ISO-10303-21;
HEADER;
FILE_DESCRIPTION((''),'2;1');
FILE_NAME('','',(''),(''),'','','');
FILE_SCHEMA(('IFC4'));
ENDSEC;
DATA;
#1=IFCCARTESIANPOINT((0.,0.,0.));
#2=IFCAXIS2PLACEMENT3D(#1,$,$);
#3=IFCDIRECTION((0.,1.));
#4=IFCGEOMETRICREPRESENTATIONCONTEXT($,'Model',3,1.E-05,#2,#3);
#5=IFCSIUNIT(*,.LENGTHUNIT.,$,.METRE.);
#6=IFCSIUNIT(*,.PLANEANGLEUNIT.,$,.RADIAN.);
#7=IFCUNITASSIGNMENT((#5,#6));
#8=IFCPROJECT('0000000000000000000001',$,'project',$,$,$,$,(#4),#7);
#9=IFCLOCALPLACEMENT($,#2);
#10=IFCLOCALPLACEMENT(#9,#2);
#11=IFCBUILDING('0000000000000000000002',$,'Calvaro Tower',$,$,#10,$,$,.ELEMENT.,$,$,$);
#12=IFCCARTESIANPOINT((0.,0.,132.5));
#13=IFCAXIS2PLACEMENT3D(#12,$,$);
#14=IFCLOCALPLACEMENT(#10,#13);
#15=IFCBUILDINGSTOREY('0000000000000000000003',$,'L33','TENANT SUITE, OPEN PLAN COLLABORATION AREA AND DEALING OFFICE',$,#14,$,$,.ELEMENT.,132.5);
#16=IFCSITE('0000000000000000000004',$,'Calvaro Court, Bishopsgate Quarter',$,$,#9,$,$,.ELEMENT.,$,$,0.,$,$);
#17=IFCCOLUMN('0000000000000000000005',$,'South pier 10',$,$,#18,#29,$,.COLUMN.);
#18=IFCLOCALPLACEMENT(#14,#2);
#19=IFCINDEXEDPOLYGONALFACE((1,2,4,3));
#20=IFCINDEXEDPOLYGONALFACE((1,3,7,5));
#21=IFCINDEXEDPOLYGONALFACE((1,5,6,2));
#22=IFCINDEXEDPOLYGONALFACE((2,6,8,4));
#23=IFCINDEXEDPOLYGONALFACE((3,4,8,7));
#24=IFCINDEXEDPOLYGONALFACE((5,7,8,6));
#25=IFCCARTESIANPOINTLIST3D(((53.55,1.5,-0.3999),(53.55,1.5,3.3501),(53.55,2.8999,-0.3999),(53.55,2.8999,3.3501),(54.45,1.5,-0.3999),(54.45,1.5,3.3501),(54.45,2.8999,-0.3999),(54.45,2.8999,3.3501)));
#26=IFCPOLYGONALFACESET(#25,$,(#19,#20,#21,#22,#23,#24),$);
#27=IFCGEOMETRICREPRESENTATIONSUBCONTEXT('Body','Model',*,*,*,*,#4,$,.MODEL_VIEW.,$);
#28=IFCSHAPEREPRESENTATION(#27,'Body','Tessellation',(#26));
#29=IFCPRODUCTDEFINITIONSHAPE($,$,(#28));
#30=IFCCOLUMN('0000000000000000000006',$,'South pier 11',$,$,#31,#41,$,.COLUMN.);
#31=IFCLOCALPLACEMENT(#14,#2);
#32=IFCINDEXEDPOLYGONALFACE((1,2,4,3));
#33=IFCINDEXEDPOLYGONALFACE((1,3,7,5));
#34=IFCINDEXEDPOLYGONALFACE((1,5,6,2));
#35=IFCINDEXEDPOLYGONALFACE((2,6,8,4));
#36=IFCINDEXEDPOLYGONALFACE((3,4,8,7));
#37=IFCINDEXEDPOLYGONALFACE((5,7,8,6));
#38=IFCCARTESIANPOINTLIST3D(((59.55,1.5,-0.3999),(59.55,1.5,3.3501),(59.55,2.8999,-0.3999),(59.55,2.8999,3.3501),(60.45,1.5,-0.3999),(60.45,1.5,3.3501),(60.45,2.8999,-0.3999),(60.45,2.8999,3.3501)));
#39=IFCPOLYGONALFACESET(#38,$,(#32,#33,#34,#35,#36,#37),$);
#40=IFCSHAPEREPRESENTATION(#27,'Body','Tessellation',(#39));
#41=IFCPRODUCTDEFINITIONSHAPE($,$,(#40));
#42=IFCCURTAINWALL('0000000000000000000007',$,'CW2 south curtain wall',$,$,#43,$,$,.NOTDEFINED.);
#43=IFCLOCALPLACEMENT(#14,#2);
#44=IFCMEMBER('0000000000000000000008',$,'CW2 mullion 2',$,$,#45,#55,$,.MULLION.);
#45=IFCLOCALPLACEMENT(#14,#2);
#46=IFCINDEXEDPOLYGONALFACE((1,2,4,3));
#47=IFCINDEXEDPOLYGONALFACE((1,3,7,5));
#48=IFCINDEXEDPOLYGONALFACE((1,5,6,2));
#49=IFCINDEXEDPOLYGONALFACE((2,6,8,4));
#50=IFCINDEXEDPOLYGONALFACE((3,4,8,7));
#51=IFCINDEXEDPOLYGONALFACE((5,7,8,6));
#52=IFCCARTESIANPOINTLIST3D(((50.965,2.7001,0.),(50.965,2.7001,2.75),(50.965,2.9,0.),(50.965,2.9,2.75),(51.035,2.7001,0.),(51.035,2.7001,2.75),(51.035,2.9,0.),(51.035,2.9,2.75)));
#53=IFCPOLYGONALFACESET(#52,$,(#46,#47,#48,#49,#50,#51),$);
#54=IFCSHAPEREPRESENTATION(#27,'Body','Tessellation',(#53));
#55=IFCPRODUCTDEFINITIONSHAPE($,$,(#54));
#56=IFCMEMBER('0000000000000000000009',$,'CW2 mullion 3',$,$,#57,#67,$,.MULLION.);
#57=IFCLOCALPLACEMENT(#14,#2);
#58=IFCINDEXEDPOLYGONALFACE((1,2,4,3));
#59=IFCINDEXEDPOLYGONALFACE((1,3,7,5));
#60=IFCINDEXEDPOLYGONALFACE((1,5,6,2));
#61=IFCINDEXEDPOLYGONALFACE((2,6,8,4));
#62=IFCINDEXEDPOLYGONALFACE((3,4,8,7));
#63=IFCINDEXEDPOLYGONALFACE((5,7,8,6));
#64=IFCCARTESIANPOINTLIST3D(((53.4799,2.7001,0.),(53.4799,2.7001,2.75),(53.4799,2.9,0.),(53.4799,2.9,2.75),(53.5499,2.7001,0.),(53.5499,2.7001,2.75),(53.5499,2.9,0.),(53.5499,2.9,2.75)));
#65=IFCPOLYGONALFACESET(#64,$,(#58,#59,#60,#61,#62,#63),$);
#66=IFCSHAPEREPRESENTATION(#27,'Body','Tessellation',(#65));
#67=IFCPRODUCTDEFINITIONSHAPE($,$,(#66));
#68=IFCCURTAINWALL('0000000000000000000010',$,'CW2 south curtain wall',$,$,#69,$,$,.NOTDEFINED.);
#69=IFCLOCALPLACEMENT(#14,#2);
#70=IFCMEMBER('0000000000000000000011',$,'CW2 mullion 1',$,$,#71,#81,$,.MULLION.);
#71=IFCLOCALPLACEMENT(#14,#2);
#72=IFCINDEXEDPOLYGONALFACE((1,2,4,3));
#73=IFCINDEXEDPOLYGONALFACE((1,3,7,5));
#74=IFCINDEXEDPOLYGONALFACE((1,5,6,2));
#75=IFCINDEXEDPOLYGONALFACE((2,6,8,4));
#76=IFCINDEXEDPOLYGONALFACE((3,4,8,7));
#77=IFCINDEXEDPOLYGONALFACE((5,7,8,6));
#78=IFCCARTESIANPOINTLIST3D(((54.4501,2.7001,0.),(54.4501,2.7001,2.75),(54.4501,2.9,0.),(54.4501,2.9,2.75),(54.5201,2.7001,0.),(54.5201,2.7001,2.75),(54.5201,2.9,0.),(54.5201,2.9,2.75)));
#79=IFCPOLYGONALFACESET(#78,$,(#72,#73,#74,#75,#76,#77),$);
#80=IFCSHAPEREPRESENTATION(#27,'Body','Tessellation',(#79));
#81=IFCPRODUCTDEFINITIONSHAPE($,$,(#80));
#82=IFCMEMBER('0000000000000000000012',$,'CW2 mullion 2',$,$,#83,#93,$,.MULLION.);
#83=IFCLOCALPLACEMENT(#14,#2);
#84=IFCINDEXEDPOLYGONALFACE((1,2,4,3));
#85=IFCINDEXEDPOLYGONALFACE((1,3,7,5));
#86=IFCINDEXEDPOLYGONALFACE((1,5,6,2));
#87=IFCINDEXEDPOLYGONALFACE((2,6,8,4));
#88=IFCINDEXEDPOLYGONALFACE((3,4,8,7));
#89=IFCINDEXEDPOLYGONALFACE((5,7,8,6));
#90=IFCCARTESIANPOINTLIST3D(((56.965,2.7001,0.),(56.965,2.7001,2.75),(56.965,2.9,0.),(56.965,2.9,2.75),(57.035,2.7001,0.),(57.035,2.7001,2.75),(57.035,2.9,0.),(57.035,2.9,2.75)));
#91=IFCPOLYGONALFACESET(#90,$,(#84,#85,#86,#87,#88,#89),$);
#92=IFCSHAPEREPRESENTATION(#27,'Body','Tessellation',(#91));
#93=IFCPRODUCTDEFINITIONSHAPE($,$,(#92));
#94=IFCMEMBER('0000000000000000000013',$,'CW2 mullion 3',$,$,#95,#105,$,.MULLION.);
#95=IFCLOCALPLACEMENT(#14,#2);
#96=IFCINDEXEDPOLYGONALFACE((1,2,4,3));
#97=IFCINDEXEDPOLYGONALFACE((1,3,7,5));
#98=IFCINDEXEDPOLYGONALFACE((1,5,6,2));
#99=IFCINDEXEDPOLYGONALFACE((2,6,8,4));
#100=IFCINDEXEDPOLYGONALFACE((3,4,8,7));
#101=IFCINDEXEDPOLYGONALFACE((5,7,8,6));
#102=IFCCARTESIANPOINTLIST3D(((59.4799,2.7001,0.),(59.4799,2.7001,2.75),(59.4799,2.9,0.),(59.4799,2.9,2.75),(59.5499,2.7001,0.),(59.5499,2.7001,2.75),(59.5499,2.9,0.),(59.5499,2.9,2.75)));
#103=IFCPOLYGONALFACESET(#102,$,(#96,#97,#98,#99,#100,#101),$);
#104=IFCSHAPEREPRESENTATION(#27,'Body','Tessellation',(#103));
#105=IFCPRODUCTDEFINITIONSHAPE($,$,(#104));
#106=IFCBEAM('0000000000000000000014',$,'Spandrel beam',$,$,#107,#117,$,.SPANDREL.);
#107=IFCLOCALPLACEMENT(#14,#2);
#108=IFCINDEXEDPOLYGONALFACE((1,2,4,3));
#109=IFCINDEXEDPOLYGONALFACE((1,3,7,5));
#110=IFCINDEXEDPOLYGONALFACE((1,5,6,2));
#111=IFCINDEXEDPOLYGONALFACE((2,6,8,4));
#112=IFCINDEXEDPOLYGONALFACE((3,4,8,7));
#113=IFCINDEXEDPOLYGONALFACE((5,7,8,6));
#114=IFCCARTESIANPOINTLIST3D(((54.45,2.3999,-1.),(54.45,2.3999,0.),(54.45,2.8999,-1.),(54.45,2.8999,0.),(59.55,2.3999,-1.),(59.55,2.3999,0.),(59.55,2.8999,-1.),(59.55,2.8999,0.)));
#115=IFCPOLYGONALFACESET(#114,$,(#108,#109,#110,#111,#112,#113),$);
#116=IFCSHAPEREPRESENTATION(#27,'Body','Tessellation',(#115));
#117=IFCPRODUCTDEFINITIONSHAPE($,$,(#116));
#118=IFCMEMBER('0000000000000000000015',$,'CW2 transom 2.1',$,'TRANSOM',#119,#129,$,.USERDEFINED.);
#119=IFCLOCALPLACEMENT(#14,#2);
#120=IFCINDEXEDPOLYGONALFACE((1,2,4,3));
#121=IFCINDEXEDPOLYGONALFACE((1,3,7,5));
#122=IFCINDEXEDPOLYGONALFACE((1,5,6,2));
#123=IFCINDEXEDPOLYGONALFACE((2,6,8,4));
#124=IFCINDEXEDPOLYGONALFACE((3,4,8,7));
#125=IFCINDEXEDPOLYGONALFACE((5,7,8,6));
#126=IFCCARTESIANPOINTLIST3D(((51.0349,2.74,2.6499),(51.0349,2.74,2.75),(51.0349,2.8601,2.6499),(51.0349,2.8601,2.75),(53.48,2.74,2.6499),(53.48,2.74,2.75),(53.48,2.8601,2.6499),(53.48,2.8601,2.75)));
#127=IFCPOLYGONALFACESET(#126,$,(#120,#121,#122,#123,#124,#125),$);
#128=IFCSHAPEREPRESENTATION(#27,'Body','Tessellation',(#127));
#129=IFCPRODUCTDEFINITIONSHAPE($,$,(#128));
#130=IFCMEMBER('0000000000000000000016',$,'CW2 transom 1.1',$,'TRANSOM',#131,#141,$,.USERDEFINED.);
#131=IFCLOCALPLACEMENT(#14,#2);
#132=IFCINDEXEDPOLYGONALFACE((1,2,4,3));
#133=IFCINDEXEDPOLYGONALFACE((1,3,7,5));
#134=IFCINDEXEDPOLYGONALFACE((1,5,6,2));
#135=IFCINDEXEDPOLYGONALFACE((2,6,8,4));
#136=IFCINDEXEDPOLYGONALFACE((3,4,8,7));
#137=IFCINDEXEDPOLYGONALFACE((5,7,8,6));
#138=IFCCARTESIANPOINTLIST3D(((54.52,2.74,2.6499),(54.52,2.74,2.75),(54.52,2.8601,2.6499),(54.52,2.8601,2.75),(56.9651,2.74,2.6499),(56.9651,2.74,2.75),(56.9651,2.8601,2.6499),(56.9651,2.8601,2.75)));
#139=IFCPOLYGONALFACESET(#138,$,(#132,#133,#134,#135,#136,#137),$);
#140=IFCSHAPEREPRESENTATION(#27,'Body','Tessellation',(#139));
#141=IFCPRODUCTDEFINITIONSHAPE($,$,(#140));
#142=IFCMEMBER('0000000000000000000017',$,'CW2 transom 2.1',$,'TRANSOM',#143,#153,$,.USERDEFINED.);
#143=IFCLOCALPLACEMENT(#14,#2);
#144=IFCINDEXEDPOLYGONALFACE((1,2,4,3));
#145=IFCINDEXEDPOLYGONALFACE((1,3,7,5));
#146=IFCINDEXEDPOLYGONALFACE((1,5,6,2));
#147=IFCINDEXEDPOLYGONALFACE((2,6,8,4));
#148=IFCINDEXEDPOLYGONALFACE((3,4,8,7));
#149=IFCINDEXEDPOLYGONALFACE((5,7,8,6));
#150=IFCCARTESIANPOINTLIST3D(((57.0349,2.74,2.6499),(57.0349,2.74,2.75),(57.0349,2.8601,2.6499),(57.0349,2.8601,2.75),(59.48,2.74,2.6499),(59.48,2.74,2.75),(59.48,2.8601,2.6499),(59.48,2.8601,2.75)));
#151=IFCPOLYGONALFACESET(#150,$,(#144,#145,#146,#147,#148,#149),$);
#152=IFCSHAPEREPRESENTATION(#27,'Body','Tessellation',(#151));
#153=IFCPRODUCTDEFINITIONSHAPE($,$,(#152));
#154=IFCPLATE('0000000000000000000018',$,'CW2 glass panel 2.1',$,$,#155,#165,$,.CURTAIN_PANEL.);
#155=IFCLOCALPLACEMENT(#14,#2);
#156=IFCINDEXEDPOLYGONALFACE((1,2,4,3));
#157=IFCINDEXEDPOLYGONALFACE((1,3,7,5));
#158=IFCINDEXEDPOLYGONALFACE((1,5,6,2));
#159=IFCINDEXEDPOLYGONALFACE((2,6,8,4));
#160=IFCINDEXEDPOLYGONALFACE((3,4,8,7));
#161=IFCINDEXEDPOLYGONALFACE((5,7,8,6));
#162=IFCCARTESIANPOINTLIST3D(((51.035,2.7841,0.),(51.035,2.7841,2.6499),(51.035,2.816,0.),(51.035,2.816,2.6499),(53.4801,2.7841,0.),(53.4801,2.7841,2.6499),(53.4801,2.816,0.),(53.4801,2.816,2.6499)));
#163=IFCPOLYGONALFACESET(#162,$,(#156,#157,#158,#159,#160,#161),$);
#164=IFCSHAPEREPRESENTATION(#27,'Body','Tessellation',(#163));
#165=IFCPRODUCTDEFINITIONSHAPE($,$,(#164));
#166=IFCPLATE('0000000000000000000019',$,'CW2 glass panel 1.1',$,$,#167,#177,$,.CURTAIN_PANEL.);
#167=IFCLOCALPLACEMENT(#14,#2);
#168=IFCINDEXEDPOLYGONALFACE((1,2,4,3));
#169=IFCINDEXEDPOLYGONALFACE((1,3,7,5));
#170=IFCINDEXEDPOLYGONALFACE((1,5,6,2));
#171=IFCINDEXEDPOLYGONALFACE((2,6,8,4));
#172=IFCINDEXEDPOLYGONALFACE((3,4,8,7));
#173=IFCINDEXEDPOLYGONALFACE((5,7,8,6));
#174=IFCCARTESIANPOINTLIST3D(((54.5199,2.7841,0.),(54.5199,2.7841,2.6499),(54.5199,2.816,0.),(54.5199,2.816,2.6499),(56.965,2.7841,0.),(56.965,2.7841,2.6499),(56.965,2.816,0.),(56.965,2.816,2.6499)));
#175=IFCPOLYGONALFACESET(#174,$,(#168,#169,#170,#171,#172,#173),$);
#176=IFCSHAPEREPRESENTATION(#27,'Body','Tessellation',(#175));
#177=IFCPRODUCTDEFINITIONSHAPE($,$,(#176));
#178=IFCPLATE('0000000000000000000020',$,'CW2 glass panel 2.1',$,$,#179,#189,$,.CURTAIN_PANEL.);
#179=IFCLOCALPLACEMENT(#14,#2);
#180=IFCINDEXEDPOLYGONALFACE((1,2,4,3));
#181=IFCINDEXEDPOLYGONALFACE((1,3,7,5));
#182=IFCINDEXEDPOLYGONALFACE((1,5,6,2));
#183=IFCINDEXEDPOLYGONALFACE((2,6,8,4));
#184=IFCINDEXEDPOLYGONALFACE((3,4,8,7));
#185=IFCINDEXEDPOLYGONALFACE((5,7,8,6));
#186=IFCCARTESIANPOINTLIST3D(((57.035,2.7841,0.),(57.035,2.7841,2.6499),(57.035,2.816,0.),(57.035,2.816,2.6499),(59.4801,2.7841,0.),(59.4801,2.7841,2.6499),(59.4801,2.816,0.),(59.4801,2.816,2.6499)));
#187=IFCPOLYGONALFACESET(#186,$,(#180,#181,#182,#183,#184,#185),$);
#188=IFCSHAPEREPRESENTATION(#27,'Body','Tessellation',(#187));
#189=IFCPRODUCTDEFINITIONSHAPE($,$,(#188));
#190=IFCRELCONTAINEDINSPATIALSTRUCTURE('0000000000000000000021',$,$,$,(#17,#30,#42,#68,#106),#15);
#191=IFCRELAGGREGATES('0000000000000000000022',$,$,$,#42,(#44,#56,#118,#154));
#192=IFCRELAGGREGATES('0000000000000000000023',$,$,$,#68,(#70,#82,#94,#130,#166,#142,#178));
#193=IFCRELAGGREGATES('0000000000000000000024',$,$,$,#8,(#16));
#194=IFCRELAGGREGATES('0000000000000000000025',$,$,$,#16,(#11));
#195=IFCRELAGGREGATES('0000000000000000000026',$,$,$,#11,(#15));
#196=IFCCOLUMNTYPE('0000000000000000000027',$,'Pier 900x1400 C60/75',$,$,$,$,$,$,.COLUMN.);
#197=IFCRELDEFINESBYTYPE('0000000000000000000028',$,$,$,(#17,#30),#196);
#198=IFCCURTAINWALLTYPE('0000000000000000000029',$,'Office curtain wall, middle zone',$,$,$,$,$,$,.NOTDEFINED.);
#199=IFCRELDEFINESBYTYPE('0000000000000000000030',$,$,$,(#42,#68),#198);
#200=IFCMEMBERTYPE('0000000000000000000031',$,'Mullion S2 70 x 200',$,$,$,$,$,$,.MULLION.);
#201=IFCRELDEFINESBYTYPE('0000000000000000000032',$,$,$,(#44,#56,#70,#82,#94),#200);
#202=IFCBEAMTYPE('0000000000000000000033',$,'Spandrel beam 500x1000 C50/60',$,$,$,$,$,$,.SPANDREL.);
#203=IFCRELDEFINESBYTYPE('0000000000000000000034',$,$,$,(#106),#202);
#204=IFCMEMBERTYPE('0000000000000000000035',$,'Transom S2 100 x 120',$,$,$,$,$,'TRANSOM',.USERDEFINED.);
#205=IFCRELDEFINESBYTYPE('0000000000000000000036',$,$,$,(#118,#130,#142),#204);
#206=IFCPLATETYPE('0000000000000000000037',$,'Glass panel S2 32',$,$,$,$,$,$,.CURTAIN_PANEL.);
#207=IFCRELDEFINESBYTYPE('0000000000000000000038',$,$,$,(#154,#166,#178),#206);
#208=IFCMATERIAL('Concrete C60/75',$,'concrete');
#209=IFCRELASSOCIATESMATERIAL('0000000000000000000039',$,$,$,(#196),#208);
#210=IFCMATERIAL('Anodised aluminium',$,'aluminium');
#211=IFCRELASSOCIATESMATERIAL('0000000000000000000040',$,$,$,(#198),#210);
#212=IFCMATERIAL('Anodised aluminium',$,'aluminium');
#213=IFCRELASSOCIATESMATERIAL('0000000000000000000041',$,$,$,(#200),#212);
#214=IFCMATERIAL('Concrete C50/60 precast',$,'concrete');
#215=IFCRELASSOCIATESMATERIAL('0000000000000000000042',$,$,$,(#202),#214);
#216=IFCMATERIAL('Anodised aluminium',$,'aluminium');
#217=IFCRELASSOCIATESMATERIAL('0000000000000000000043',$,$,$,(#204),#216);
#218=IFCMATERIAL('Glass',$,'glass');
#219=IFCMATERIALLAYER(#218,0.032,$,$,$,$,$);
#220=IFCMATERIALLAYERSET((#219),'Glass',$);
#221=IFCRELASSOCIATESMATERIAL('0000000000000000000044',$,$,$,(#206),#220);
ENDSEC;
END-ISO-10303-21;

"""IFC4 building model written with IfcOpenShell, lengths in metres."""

from ifc_helpers import new_model, si_unit, direction, frame, origin, origin_2d, place, context, subcontext, project, spatial, rectangle, extrude, material, layer, layer_set, material_profile, profile_set, type_object, element, aggregate, save


model = new_model("IFC4")

# Units and contexts
model_context = context("Model", 3, precision=1e-05, world=origin(), true_north=direction((0.0, 1.0)))
body_context = subcontext(model_context, "Body", "Model", "MODEL_VIEW")
ifc_project = project(units=[si_unit("LENGTHUNIT", "METRE"), si_unit("PLANEANGLEUNIT", "RADIAN")], contexts=[model_context])

# Site, building, storey
site_placement = place(None, origin())
site = spatial("IfcSite", under=ifc_project, at=site_placement, Name="Calvaro Court, Bishopsgate Quarter", CompositionType="ELEMENT", RefElevation=0.0)
building_placement = place(site_placement, origin())
building = spatial("IfcBuilding", under=site, at=building_placement, Name="Calvaro Tower", CompositionType="ELEMENT")
storey_placement = place(building_placement, frame((0.0, 0.0, 132.5)))
storey = spatial("IfcBuildingStorey", under=building, at=storey_placement, Name="L33", Description="TENANT SUITE, OPEN PLAN COLLABORATION AREA AND DEALING OFFICE", CompositionType="ELEMENT", Elevation=132.5)

# Columns
ifc_material_1 = material(Name="Concrete C60/75", Category="concrete")
ifc_material_profile_1 = material_profile(ifc_material_1, rectangle(XDim=0.8999, YDim=1.3999, at=origin_2d()), Name="RC 900x1400")
ifc_profile_set_1 = profile_set([ifc_material_profile_1], Name="Concrete C60/75")
column_type = type_object("IfcColumnType", Name="Pier 900x1400 C60/75", PredefinedType="COLUMN", material=ifc_profile_set_1)
for number, where, z_axis, x_axis, name in (
    (1, (54.0, 2.2, -0.3999), (0.0, 0.0, 1.0), (1.0, 0.0, 0.0), "South pier 10"),
    (2, (60.0, 2.2, -0.3999), (0.0, 0.0, 1.0), (1.0, 0.0, 0.0), "South pier 11"),
):
    element("IfcColumn", number, at=place(storey_placement, frame(where, z_axis=z_axis, x_axis=x_axis)), inside=storey, type_object=column_type, Name=name, PredefinedType="COLUMN", context=body_context, shape_type="SweptSolid", body=[
        extrude(rectangle(XDim=0.8999, YDim=1.3999, at=origin_2d()), origin(), (0.0, 0.0, 1.0), 3.75),
    ])

# Curtain walls, members
ifc_material_2 = material(Name="Anodised aluminium", Category="aluminium")
curtain_wall_type = type_object("IfcCurtainWallType", Name="Office curtain wall, middle zone", PredefinedType="NOTDEFINED", material=ifc_material_2)
curtain_wall_1_placement = place(storey_placement, origin())
curtain_wall_1 = element("IfcCurtainWall", 3, at=curtain_wall_1_placement, inside=storey, type_object=curtain_wall_type, Name="CW2 south curtain wall", PredefinedType="NOTDEFINED")
ifc_material_3 = material(Name="Anodised aluminium", Category="aluminium")
ifc_material_profile_2 = material_profile(ifc_material_3, rectangle(XDim=0.2, YDim=0.0701, at=origin_2d()), Name="Mullion S2 70 x 200")
ifc_profile_set_2 = profile_set([ifc_material_profile_2], Name="Anodised aluminium")
member_type_1 = type_object("IfcMemberType", Name="Mullion S2 70 x 200", PredefinedType="MULLION", material=ifc_profile_set_2)
member_1_placement = place(storey_placement, frame((51.0, 2.8, 0.0), z_axis=(0.0, 0.0, 1.0), x_axis=(0.0, 1.0, 0.0)))
member_1 = element("IfcMember", 4, at=member_1_placement, type_object=member_type_1, Name="CW2 mullion 2", PredefinedType="MULLION", context=body_context, shape_type="SweptSolid", body=[
    extrude(rectangle(XDim=0.2, YDim=0.0701, at=origin_2d()), origin(), (0.0, 0.0, 1.0), 2.75),
])
member_2_placement = place(storey_placement, frame((53.5149, 2.8, 0.0), z_axis=(0.0, 0.0, 1.0), x_axis=(0.0, 1.0, 0.0)))
member_2 = element("IfcMember", 5, at=member_2_placement, type_object=member_type_1, Name="CW2 mullion 3", PredefinedType="MULLION", context=body_context, shape_type="SweptSolid", body=[
    extrude(rectangle(XDim=0.2, YDim=0.0701, at=origin_2d()), origin(), (0.0, 0.0, 1.0), 2.75),
])
curtain_wall_2_placement = place(storey_placement, origin())
curtain_wall_2 = element("IfcCurtainWall", 6, at=curtain_wall_2_placement, inside=storey, type_object=curtain_wall_type, Name="CW2 south curtain wall", PredefinedType="NOTDEFINED")
member_3_placement = place(storey_placement, frame((54.4851, 2.8, 0.0), z_axis=(0.0, 0.0, 1.0), x_axis=(0.0, 1.0, 0.0)))
member_3 = element("IfcMember", 7, at=member_3_placement, type_object=member_type_1, Name="CW2 mullion 1", PredefinedType="MULLION", context=body_context, shape_type="SweptSolid", body=[
    extrude(rectangle(XDim=0.2, YDim=0.0701, at=origin_2d()), origin(), (0.0, 0.0, 1.0), 2.75),
])
member_4_placement = place(storey_placement, frame((57.0, 2.8, 0.0), z_axis=(0.0, 0.0, 1.0), x_axis=(0.0, 1.0, 0.0)))
member_4 = element("IfcMember", 8, at=member_4_placement, type_object=member_type_1, Name="CW2 mullion 2", PredefinedType="MULLION", context=body_context, shape_type="SweptSolid", body=[
    extrude(rectangle(XDim=0.2, YDim=0.0701, at=origin_2d()), origin(), (0.0, 0.0, 1.0), 2.75),
])
member_5_placement = place(storey_placement, frame((59.5149, 2.8, 0.0), z_axis=(0.0, 0.0, 1.0), x_axis=(0.0, 1.0, 0.0)))
member_5 = element("IfcMember", 9, at=member_5_placement, type_object=member_type_1, Name="CW2 mullion 3", PredefinedType="MULLION", context=body_context, shape_type="SweptSolid", body=[
    extrude(rectangle(XDim=0.2, YDim=0.0701, at=origin_2d()), origin(), (0.0, 0.0, 1.0), 2.75),
])

# Beam
ifc_material_4 = material(Name="Concrete C50/60 precast", Category="concrete")
ifc_material_profile_3 = material_profile(ifc_material_4, rectangle(XDim=0.5, YDim=1.0, at=origin_2d()), Name="RC 500x1000")
ifc_profile_set_3 = profile_set([ifc_material_profile_3], Name="Concrete C50/60 precast")
beam_type = type_object("IfcBeamType", Name="Spandrel beam 500x1000 C50/60", PredefinedType="SPANDREL", material=ifc_profile_set_3)
beam_placement = place(storey_placement, frame((54.45, 2.6499, -0.5), z_axis=(1.0, 0.0, 0.0), x_axis=(0.0, 1.0, 0.0)))
element("IfcBeam", 10, at=beam_placement, inside=storey, type_object=beam_type, Name="Spandrel beam", PredefinedType="SPANDREL", context=body_context, shape_type="SweptSolid", body=[
    extrude(rectangle(XDim=0.5, YDim=1.0, at=origin_2d()), origin(), (0.0, 0.0, 1.0), 5.1001),
])

# Members
ifc_material_5 = material(Name="Anodised aluminium", Category="aluminium")
ifc_material_profile_4 = material_profile(ifc_material_5, rectangle(XDim=0.1201, YDim=0.1001, at=origin_2d()), Name="Transom S2 100 x 120")
ifc_profile_set_4 = profile_set([ifc_material_profile_4], Name="Anodised aluminium")
member_type_2 = type_object("IfcMemberType", Name="Transom S2 100 x 120", ElementType="TRANSOM", PredefinedType="USERDEFINED", material=ifc_profile_set_4)
member_6_placement = place(storey_placement, frame((51.0349, 2.8, 2.7), z_axis=(1.0, 0.0, 0.0), x_axis=(0.0, 1.0, 0.0)))
member_6 = element("IfcMember", 11, at=member_6_placement, type_object=member_type_2, Name="CW2 transom 2.1", ObjectType="TRANSOM", PredefinedType="USERDEFINED", context=body_context, shape_type="SweptSolid", body=[
    extrude(rectangle(XDim=0.1201, YDim=0.1001, at=origin_2d()), origin(), (0.0, 0.0, 1.0), 2.4451),
])
member_7_placement = place(storey_placement, frame((54.52, 2.8, 2.7), z_axis=(1.0, 0.0, 0.0), x_axis=(0.0, 1.0, 0.0)))
member_7 = element("IfcMember", 12, at=member_7_placement, type_object=member_type_2, Name="CW2 transom 1.1", ObjectType="TRANSOM", PredefinedType="USERDEFINED", context=body_context, shape_type="SweptSolid", body=[
    extrude(rectangle(XDim=0.1201, YDim=0.1001, at=origin_2d()), origin(), (0.0, 0.0, 1.0), 2.4451),
])
member_8_placement = place(storey_placement, frame((57.0349, 2.8, 2.7), z_axis=(1.0, 0.0, 0.0), x_axis=(0.0, 1.0, 0.0)))
member_8 = element("IfcMember", 13, at=member_8_placement, type_object=member_type_2, Name="CW2 transom 2.1", ObjectType="TRANSOM", PredefinedType="USERDEFINED", context=body_context, shape_type="SweptSolid", body=[
    extrude(rectangle(XDim=0.1201, YDim=0.1001, at=origin_2d()), origin(), (0.0, 0.0, 1.0), 2.4451),
])

# Plates
ifc_material_6 = material(Name="Glass", Category="glass")
ifc_layer = layer(ifc_material_6, 0.032)
ifc_layer_set = layer_set([ifc_layer], Name="Glass")
plate_type = type_object("IfcPlateType", Name="Glass panel S2 32", PredefinedType="CURTAIN_PANEL", material=ifc_layer_set)
plate_1_placement = place(storey_placement, frame((52.2576, 2.8, 0.0), z_axis=(0.0, 0.0, 1.0), x_axis=(1.0, 0.0, 0.0)))
plate_1 = element("IfcPlate", 14, at=plate_1_placement, type_object=plate_type, Name="CW2 glass panel 2.1", PredefinedType="CURTAIN_PANEL", context=body_context, shape_type="SweptSolid", body=[
    extrude(rectangle(XDim=2.4451, YDim=0.032, at=origin_2d()), origin(), (0.0, 0.0, 1.0), 2.6499),
])
aggregate(curtain_wall_1, [member_1, member_2, member_6, plate_1])
plate_2_placement = place(storey_placement, frame((55.7424, 2.8, 0.0), z_axis=(0.0, 0.0, 1.0), x_axis=(1.0, 0.0, 0.0)))
plate_2 = element("IfcPlate", 15, at=plate_2_placement, type_object=plate_type, Name="CW2 glass panel 1.1", PredefinedType="CURTAIN_PANEL", context=body_context, shape_type="SweptSolid", body=[
    extrude(rectangle(XDim=2.4451, YDim=0.032, at=origin_2d()), origin(), (0.0, 0.0, 1.0), 2.6499),
])
plate_3_placement = place(storey_placement, frame((58.2576, 2.8, 0.0), z_axis=(0.0, 0.0, 1.0), x_axis=(1.0, 0.0, 0.0)))
plate_3 = element("IfcPlate", 16, at=plate_3_placement, type_object=plate_type, Name="CW2 glass panel 2.1", PredefinedType="CURTAIN_PANEL", context=body_context, shape_type="SweptSolid", body=[
    extrude(rectangle(XDim=2.4451, YDim=0.032, at=origin_2d()), origin(), (0.0, 0.0, 1.0), 2.6499),
])
aggregate(curtain_wall_2, [member_3, member_4, member_5, member_7, plate_2, member_8, plate_3])

save(model, "model.ifc")
